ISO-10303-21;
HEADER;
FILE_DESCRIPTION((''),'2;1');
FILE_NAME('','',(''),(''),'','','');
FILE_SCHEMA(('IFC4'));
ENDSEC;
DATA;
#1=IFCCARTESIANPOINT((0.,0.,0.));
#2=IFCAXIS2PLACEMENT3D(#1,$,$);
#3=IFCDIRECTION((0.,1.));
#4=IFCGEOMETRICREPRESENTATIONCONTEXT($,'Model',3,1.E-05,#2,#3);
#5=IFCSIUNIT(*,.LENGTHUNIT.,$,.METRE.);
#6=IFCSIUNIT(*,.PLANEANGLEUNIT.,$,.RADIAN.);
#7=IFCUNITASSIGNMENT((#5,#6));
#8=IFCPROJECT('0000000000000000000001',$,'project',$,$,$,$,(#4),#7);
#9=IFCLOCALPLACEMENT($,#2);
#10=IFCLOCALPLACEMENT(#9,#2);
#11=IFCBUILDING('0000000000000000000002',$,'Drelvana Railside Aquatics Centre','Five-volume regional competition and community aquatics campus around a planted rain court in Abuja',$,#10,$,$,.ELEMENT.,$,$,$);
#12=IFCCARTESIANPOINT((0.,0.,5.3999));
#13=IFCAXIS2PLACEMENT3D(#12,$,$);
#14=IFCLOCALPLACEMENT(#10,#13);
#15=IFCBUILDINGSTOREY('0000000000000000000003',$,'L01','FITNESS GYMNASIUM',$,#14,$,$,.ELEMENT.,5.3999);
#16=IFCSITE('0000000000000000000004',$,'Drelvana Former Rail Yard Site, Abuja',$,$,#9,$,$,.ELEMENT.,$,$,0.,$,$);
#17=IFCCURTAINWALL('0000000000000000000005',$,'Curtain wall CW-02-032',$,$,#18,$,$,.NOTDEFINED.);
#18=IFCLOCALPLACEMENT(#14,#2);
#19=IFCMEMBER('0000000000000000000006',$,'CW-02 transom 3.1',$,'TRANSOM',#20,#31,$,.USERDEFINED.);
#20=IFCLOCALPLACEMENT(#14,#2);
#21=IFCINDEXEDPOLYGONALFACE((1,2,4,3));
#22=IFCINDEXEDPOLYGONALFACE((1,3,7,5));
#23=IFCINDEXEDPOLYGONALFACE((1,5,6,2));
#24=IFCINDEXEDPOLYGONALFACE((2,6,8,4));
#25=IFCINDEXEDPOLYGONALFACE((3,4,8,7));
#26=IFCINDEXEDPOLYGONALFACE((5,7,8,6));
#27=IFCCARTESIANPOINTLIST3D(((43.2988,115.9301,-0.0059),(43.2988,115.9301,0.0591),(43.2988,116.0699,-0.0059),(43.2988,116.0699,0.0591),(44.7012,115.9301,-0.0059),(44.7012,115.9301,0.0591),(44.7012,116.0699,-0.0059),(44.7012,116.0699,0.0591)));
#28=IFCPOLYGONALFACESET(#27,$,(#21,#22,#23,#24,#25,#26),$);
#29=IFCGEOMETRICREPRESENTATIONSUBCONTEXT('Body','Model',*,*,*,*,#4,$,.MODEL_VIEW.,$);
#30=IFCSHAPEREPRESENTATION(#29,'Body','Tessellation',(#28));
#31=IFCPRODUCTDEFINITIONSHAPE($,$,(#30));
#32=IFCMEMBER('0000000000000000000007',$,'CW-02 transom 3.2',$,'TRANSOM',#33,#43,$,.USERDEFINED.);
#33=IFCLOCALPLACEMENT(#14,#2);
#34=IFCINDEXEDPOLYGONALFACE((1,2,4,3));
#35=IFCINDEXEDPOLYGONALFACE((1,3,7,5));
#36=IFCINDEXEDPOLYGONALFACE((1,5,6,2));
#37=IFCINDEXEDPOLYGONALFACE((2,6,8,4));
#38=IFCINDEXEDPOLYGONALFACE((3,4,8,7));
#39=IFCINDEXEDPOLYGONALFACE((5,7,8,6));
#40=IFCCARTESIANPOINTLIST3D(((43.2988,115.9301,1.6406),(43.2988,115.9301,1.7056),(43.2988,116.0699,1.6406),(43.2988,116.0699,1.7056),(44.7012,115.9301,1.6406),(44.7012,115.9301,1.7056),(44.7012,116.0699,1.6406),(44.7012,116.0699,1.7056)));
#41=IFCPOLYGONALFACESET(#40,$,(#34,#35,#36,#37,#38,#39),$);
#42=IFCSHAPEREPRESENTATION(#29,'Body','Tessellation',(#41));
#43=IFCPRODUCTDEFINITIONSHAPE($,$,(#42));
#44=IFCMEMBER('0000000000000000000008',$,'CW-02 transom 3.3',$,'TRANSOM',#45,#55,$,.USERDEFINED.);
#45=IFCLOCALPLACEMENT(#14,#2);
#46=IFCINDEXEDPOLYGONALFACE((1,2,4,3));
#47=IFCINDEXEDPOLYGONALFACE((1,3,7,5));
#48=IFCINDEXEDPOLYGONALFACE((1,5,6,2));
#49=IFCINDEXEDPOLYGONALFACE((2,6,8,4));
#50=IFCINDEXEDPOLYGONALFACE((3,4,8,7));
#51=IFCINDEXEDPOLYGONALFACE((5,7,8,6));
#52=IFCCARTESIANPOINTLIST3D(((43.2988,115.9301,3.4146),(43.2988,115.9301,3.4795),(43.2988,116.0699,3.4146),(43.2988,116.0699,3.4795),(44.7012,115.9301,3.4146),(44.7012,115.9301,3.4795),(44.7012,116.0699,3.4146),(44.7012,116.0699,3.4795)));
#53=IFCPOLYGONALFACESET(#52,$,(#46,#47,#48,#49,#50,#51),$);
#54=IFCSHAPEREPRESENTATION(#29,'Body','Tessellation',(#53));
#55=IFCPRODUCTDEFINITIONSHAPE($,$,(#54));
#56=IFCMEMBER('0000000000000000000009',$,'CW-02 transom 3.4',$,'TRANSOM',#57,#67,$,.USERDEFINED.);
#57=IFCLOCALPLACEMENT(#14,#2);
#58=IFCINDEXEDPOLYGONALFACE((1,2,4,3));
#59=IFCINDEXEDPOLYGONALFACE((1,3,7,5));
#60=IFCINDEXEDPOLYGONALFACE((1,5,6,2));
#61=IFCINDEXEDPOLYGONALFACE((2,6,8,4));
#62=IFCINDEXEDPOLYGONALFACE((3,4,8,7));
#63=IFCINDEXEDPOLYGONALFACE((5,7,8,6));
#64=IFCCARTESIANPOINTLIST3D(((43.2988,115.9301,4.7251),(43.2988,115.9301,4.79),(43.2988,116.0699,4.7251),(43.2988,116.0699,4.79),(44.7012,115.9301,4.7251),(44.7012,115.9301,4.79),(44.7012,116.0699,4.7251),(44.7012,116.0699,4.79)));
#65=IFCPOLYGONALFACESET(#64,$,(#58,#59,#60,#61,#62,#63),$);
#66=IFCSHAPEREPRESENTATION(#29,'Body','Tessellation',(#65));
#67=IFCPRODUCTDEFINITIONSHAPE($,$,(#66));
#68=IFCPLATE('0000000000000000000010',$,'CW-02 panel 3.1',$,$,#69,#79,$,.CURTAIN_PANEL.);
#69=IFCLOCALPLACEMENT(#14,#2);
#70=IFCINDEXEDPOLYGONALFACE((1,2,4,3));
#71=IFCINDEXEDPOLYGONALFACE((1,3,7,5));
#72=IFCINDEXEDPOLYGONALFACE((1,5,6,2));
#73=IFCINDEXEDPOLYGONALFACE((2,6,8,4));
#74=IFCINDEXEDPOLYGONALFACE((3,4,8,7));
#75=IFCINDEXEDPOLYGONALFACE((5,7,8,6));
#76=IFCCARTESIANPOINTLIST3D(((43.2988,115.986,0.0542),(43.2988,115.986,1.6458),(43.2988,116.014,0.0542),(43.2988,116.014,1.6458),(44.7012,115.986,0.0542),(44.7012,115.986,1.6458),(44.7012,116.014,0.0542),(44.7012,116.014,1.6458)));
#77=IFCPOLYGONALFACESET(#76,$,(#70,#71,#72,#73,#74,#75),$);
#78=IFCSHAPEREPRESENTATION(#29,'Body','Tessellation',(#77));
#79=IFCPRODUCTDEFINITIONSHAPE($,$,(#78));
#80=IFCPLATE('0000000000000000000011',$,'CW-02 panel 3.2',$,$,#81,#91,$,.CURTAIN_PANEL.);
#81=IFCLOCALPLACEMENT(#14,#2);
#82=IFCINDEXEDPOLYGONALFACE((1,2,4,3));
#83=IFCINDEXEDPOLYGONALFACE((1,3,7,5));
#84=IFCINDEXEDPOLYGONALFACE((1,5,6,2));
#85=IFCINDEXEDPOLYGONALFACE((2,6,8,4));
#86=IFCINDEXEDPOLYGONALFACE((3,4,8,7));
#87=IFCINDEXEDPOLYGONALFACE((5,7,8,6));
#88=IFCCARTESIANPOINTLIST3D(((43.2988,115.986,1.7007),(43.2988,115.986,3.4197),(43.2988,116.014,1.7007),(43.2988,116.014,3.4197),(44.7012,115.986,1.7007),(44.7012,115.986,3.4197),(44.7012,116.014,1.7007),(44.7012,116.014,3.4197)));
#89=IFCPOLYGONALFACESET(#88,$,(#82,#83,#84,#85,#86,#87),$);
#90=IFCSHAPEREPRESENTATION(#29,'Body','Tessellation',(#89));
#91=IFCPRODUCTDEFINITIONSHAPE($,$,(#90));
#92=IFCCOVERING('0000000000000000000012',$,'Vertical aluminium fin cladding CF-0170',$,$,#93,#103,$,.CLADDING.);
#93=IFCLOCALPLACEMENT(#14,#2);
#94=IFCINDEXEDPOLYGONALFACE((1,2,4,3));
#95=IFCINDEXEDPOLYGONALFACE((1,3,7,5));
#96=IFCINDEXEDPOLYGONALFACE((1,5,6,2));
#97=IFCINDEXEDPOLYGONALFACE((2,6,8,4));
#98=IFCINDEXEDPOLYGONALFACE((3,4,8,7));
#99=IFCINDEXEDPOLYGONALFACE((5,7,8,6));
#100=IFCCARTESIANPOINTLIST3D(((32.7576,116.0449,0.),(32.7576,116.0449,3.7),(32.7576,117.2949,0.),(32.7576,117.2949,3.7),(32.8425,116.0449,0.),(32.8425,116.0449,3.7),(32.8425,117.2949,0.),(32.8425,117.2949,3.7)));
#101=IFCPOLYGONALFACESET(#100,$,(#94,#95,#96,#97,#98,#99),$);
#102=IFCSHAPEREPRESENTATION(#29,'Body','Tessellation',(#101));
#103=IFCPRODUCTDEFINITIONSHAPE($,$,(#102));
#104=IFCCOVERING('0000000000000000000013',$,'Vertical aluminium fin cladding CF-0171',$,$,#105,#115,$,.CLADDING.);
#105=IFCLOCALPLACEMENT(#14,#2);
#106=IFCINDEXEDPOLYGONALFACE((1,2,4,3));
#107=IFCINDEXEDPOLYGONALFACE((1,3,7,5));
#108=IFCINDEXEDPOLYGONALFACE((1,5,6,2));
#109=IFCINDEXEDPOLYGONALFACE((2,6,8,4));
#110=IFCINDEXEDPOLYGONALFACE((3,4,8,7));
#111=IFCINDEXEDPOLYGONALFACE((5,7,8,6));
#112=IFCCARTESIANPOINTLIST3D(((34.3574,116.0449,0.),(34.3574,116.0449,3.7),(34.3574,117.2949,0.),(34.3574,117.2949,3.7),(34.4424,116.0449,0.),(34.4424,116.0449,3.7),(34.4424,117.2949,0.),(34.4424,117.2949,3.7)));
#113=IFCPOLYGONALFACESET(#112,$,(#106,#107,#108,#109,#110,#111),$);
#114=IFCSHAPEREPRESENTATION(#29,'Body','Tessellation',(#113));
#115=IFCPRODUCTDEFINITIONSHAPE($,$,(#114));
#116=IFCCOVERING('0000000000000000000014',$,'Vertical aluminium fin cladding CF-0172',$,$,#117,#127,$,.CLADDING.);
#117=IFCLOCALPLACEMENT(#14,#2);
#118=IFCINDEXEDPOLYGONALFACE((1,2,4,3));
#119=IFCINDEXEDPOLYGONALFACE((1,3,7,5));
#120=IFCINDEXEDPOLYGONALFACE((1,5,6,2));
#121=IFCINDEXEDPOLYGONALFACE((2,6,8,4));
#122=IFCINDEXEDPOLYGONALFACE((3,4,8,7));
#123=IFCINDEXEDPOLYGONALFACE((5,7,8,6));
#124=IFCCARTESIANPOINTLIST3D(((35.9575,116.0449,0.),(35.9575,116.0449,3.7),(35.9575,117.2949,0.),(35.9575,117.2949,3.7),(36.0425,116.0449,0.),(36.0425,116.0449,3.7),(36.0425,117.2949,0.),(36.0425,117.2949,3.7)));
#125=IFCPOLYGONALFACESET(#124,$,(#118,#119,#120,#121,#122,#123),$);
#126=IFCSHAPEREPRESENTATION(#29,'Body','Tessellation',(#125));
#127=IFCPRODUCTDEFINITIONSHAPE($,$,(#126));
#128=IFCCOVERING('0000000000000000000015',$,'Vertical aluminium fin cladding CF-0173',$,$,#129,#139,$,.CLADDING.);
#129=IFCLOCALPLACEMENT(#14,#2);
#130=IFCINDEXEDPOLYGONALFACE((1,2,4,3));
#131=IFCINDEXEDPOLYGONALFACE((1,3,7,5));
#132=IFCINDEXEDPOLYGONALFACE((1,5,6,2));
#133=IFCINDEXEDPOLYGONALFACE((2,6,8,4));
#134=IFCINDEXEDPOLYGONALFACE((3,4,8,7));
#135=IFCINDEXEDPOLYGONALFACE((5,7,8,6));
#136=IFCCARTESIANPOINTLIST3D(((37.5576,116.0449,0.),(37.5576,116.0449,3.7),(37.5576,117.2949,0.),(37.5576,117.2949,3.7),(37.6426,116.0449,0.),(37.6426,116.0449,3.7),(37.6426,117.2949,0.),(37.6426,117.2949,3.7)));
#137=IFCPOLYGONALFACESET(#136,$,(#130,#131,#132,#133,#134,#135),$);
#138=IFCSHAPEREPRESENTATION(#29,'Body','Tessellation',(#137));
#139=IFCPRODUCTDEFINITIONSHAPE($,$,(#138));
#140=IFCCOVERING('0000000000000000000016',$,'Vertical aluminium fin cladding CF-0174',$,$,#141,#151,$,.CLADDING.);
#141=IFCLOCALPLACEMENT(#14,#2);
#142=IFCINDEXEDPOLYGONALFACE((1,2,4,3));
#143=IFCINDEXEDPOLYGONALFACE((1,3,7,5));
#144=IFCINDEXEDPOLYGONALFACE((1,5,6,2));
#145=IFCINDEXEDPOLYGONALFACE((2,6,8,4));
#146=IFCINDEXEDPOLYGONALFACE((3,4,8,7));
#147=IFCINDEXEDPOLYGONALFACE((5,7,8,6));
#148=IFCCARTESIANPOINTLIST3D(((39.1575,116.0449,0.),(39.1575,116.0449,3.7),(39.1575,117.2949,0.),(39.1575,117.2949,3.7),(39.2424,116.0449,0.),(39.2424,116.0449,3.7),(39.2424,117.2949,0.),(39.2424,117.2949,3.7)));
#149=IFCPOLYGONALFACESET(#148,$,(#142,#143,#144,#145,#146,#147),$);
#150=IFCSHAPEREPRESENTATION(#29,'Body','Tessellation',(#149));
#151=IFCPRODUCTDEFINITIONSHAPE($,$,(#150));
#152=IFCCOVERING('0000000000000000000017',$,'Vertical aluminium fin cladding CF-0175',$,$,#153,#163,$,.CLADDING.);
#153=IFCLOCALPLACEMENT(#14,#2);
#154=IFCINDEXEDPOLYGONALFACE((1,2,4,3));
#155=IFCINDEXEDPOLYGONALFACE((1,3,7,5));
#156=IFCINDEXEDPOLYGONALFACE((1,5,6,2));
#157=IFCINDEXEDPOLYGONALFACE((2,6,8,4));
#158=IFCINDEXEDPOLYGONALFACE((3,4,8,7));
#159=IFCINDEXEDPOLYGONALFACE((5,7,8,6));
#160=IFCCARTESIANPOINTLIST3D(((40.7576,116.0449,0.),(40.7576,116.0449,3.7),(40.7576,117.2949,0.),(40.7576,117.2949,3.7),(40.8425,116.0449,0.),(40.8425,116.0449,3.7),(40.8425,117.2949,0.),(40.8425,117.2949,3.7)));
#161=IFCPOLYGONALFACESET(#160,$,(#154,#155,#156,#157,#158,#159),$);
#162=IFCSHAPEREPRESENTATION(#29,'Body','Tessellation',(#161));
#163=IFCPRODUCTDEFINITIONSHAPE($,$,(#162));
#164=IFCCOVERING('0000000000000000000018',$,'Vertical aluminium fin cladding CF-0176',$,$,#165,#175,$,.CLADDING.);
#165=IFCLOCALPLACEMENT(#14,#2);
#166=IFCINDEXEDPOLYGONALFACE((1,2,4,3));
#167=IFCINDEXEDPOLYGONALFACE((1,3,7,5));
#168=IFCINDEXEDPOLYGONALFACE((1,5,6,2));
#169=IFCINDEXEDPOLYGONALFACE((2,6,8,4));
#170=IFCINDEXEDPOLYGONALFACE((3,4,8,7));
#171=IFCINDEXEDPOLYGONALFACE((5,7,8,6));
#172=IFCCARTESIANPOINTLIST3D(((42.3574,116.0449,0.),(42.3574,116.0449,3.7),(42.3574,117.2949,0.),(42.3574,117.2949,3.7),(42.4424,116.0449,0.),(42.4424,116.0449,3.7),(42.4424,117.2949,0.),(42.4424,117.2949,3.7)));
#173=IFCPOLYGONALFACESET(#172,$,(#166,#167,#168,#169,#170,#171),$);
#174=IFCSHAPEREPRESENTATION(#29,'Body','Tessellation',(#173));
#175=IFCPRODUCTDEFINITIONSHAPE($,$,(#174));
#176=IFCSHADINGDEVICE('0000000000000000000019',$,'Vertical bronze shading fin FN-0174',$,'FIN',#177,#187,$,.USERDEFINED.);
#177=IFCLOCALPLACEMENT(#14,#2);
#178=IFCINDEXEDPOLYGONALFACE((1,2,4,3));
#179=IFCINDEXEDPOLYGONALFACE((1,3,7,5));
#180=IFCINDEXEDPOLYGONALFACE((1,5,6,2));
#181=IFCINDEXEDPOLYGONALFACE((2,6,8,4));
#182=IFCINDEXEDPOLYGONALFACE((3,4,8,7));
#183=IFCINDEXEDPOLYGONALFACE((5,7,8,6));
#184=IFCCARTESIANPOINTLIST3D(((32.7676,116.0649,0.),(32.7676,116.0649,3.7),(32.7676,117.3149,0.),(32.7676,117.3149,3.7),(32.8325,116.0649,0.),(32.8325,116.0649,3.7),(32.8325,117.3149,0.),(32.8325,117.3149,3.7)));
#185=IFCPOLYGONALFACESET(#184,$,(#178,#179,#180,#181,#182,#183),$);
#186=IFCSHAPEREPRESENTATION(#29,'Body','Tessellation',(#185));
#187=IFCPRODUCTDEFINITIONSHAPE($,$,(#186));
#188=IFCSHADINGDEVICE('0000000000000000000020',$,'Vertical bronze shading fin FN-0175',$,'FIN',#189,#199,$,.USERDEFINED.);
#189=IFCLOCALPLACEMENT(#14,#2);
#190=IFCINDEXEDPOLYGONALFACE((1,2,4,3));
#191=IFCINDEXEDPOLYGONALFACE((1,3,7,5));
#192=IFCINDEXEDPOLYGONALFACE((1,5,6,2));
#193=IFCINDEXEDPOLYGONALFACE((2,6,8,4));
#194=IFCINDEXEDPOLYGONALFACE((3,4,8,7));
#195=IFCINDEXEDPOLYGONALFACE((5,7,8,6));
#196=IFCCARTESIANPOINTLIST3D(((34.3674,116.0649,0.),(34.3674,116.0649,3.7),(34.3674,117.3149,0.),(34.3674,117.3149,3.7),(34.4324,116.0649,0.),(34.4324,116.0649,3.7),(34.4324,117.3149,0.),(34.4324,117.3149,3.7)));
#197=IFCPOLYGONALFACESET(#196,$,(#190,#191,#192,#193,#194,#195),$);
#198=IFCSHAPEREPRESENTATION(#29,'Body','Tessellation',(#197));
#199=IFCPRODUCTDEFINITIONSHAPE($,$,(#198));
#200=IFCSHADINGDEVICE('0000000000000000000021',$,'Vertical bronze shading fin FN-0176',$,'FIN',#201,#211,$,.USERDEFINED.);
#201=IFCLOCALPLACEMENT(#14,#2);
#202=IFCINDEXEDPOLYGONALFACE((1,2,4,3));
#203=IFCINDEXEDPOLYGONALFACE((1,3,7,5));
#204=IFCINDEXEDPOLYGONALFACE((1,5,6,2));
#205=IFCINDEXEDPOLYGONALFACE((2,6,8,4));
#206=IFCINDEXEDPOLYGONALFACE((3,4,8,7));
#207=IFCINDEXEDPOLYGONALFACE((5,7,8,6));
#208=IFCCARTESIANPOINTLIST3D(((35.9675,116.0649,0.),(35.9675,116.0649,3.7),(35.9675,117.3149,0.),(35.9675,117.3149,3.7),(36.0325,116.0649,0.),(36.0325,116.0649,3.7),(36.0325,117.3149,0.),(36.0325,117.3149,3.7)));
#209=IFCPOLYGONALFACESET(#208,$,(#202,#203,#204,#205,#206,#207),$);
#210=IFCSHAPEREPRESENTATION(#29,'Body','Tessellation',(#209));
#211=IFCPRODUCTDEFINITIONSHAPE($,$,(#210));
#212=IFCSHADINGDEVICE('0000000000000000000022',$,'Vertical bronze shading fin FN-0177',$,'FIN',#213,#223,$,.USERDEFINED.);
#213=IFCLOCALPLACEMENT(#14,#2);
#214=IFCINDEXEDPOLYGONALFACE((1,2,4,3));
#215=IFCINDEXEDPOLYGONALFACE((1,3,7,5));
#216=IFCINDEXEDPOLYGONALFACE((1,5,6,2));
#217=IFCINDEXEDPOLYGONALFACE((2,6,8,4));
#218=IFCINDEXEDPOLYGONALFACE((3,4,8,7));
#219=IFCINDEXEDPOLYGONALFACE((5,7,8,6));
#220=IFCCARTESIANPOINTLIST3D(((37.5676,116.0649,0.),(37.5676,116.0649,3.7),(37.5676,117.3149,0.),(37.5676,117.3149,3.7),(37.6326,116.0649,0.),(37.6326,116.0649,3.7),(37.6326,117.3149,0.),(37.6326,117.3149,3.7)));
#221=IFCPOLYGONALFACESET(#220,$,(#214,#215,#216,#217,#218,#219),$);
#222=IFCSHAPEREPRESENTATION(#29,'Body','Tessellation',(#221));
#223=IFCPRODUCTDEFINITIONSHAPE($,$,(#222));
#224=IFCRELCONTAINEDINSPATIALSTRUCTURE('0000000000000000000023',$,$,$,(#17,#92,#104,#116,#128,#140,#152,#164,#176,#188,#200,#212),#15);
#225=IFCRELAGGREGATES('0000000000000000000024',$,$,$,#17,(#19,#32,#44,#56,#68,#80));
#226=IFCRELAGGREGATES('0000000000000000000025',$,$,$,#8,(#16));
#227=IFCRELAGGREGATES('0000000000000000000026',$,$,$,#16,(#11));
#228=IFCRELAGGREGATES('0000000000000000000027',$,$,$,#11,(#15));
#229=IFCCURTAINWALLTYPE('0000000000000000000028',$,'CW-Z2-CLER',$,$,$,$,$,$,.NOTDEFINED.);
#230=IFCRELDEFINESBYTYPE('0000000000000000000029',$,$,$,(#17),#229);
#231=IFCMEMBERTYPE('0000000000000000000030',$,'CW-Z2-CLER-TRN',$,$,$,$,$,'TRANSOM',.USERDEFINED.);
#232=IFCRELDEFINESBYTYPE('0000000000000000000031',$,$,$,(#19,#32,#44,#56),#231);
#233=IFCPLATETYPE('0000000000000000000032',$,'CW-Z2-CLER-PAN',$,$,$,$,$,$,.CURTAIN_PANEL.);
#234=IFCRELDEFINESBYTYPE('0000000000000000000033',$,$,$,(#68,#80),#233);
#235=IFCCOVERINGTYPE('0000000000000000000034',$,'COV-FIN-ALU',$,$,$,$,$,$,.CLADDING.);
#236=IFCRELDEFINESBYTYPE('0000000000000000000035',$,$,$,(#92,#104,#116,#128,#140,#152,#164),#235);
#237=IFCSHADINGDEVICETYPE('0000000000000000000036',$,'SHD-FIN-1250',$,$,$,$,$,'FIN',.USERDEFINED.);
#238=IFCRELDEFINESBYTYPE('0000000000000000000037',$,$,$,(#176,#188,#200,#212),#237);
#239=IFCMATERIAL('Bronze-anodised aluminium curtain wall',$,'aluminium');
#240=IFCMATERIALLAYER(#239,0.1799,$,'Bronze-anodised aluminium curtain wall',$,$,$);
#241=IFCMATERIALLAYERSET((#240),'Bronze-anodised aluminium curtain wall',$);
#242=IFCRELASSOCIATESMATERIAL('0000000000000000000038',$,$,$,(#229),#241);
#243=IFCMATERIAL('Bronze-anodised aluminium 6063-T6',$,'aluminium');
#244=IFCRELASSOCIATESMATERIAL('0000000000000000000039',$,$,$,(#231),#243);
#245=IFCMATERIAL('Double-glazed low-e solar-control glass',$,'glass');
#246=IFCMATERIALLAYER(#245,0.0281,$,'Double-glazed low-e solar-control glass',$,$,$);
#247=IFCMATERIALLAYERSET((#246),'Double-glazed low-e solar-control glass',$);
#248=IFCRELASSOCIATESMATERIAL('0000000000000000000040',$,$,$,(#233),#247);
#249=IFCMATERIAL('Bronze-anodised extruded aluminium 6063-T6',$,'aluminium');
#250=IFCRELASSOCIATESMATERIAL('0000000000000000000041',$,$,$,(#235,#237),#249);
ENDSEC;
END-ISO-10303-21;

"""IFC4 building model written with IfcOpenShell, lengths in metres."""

from ifc_helpers import new_model, si_unit, direction, frame, origin, origin_2d, place, context, subcontext, project, spatial, rectangle, extrude, material, layer, layer_set, material_profile, profile_set, type_object, element, aggregate, save


model = new_model("IFC4")

# Units and contexts
model_context = context("Model", 3, precision=1e-05, world=origin(), true_north=direction((0.0, 1.0)))
body_context = subcontext(model_context, "Body", "Model", "MODEL_VIEW")
ifc_project = project(units=[si_unit("LENGTHUNIT", "METRE"), si_unit("PLANEANGLEUNIT", "RADIAN")], contexts=[model_context])

# Site, building, storey
site_placement = place(None, origin())
site = spatial("IfcSite", under=ifc_project, at=site_placement, Name="Drelvana Former Rail Yard Site, Abuja", CompositionType="ELEMENT", RefElevation=0.0)
building_placement = place(site_placement, origin())
building = spatial("IfcBuilding", under=site, at=building_placement, Name="Drelvana Railside Aquatics Centre", Description="Five-volume regional competition and community aquatics campus around a planted rain court in Abuja", CompositionType="ELEMENT")
storey_placement = place(building_placement, frame((0.0, 0.0, 5.3999)))
storey = spatial("IfcBuildingStorey", under=building, at=storey_placement, Name="L01", Description="FITNESS GYMNASIUM", CompositionType="ELEMENT", Elevation=5.3999)

# Curtain wall, members, plates
ifc_material_1 = material(Name="Bronze-anodised aluminium curtain wall", Category="aluminium")
ifc_layer_1 = layer(ifc_material_1, 0.1799, Name="Bronze-anodised aluminium curtain wall")
ifc_layer_set_1 = layer_set([ifc_layer_1], Name="Bronze-anodised aluminium curtain wall")
curtain_wall_type = type_object("IfcCurtainWallType", Name="CW-Z2-CLER", PredefinedType="NOTDEFINED", material=ifc_layer_set_1)
curtain_wall_placement = place(storey_placement, origin())
curtain_wall = element("IfcCurtainWall", 1, at=curtain_wall_placement, inside=storey, type_object=curtain_wall_type, Name="Curtain wall CW-02-032", PredefinedType="NOTDEFINED")
ifc_material_2 = material(Name="Bronze-anodised aluminium 6063-T6", Category="aluminium")
ifc_material_profile = material_profile(ifc_material_2, rectangle(XDim=0.1399, YDim=0.0649, at=origin_2d()), Name="ALU-T 65x140")
ifc_profile_set = profile_set([ifc_material_profile], Name="Bronze-anodised aluminium 6063-T6")
member_type = type_object("IfcMemberType", Name="CW-Z2-CLER-TRN", ElementType="TRANSOM", PredefinedType="USERDEFINED", material=ifc_profile_set)
member_1_placement = place(storey_placement, frame((43.2988, 116.0, 0.0266), z_axis=(1.0, 0.0, 0.0), x_axis=(0.0, 1.0, 0.0)))
member_1 = element("IfcMember", 2, at=member_1_placement, type_object=member_type, Name="CW-02 transom 3.1", ObjectType="TRANSOM", PredefinedType="USERDEFINED", context=body_context, shape_type="SweptSolid", body=[
    extrude(rectangle(XDim=0.1399, YDim=0.0649, at=origin_2d()), origin(), (0.0, 0.0, 1.0), 1.4023),
])
member_2_placement = place(storey_placement, frame((43.2988, 116.0, 1.6731), z_axis=(1.0, 0.0, 0.0), x_axis=(0.0, 1.0, 0.0)))
member_2 = element("IfcMember", 3, at=member_2_placement, type_object=member_type, Name="CW-02 transom 3.2", ObjectType="TRANSOM", PredefinedType="USERDEFINED", context=body_context, shape_type="SweptSolid", body=[
    extrude(rectangle(XDim=0.1399, YDim=0.0649, at=origin_2d()), origin(), (0.0, 0.0, 1.0), 1.4023),
])
member_3_placement = place(storey_placement, frame((43.2988, 116.0, 3.447), z_axis=(1.0, 0.0, 0.0), x_axis=(0.0, 1.0, 0.0)))
member_3 = element("IfcMember", 4, at=member_3_placement, type_object=member_type, Name="CW-02 transom 3.3", ObjectType="TRANSOM", PredefinedType="USERDEFINED", context=body_context, shape_type="SweptSolid", body=[
    extrude(rectangle(XDim=0.1399, YDim=0.0649, at=origin_2d()), origin(), (0.0, 0.0, 1.0), 1.4023),
])
member_4_placement = place(storey_placement, frame((43.2988, 116.0, 4.7576), z_axis=(1.0, 0.0, 0.0), x_axis=(0.0, 1.0, 0.0)))
member_4 = element("IfcMember", 5, at=member_4_placement, type_object=member_type, Name="CW-02 transom 3.4", ObjectType="TRANSOM", PredefinedType="USERDEFINED", context=body_context, shape_type="SweptSolid", body=[
    extrude(rectangle(XDim=0.1399, YDim=0.0649, at=origin_2d()), origin(), (0.0, 0.0, 1.0), 1.4023),
])
ifc_material_3 = material(Name="Double-glazed low-e solar-control glass", Category="glass")
ifc_layer_2 = layer(ifc_material_3, 0.0281, Name="Double-glazed low-e solar-control glass")
ifc_layer_set_2 = layer_set([ifc_layer_2], Name="Double-glazed low-e solar-control glass")
plate_type = type_object("IfcPlateType", Name="CW-Z2-CLER-PAN", PredefinedType="CURTAIN_PANEL", material=ifc_layer_set_2)
plate_1_placement = place(storey_placement, frame((44.0, 116.0, 0.0542), z_axis=(0.0, 0.0, 1.0), x_axis=(1.0, 0.0, 0.0)))
plate_1 = element("IfcPlate", 6, at=plate_1_placement, type_object=plate_type, Name="CW-02 panel 3.1", PredefinedType="CURTAIN_PANEL", context=body_context, shape_type="SweptSolid", body=[
    extrude(rectangle(XDim=1.4023, YDim=0.0281, at=origin_2d()), origin(), (0.0, 0.0, 1.0), 1.5916),
])
plate_2_placement = place(storey_placement, frame((44.0, 116.0, 1.7007), z_axis=(0.0, 0.0, 1.0), x_axis=(1.0, 0.0, 0.0)))
plate_2 = element("IfcPlate", 7, at=plate_2_placement, type_object=plate_type, Name="CW-02 panel 3.2", PredefinedType="CURTAIN_PANEL", context=body_context, shape_type="SweptSolid", body=[
    extrude(rectangle(XDim=1.4023, YDim=0.0281, at=origin_2d()), origin(), (0.0, 0.0, 1.0), 1.719),
])
aggregate(curtain_wall, [member_1, member_2, member_3, member_4, plate_1, plate_2])

# Coverings
ifc_material_4 = material(Name="Bronze-anodised extruded aluminium 6063-T6", Category="aluminium")
covering_type = type_object("IfcCoveringType", Name="COV-FIN-ALU", PredefinedType="CLADDING", material=ifc_material_4)
for number, where, z_axis, x_axis, name in (
    (8, (32.8, 116.6699, 0.0), (0.0, 0.0, 1.0), (1.0, 0.0, 0.0), "Vertical aluminium fin cladding CF-0170"),
    (9, (34.3999, 116.6699, 0.0), (0.0, 0.0, 1.0), (1.0, 0.0, 0.0), "Vertical aluminium fin cladding CF-0171"),
    (10, (36.0, 116.6699, 0.0), (0.0, 0.0, 1.0), (1.0, 0.0, 0.0), "Vertical aluminium fin cladding CF-0172"),
    (11, (37.6001, 116.6699, 0.0), (0.0, 0.0, 1.0), (1.0, 0.0, 0.0), "Vertical aluminium fin cladding CF-0173"),
    (12, (39.2, 116.6699, 0.0), (0.0, 0.0, 1.0), (1.0, 0.0, 0.0), "Vertical aluminium fin cladding CF-0174"),
    (13, (40.8, 116.6699, 0.0), (0.0, 0.0, 1.0), (1.0, 0.0, 0.0), "Vertical aluminium fin cladding CF-0175"),
    (14, (42.3999, 116.6699, 0.0), (0.0, 0.0, 1.0), (1.0, 0.0, 0.0), "Vertical aluminium fin cladding CF-0176"),
):
    element("IfcCovering", number, at=place(storey_placement, frame(where, z_axis=z_axis, x_axis=x_axis)), inside=storey, type_object=covering_type, Name=name, PredefinedType="CLADDING", context=body_context, shape_type="SweptSolid", body=[
        extrude(rectangle(XDim=0.085, YDim=1.25, at=origin_2d()), origin(), (0.0, 0.0, 1.0), 3.7),
    ])

# Shading devices
shading_device_type = type_object("IfcShadingDeviceType", Name="SHD-FIN-1250", ElementType="FIN", PredefinedType="USERDEFINED", material=ifc_material_4)
for number, where, z_axis, x_axis, name in (
    (15, (32.8, 116.6899, 0.0), (0.0, 0.0, 1.0), (0.0, 1.0, 0.0), "Vertical bronze shading fin FN-0174"),
    (16, (34.3999, 116.6899, 0.0), (0.0, 0.0, 1.0), (0.0, 1.0, 0.0), "Vertical bronze shading fin FN-0175"),
    (17, (36.0, 116.6899, 0.0), (0.0, 0.0, 1.0), (0.0, 1.0, 0.0), "Vertical bronze shading fin FN-0176"),
    (18, (37.6001, 116.6899, 0.0), (0.0, 0.0, 1.0), (0.0, 1.0, 0.0), "Vertical bronze shading fin FN-0177"),
):
    element("IfcShadingDevice", number, at=place(storey_placement, frame(where, z_axis=z_axis, x_axis=x_axis)), inside=storey, type_object=shading_device_type, Name=name, ObjectType="FIN", PredefinedType="USERDEFINED", context=body_context, shape_type="SweptSolid", body=[
        extrude(rectangle(XDim=1.25, YDim=0.0649, at=origin_2d()), origin(), (0.0, 0.0, 1.0), 3.7),
    ])

save(model, "model.ifc")
